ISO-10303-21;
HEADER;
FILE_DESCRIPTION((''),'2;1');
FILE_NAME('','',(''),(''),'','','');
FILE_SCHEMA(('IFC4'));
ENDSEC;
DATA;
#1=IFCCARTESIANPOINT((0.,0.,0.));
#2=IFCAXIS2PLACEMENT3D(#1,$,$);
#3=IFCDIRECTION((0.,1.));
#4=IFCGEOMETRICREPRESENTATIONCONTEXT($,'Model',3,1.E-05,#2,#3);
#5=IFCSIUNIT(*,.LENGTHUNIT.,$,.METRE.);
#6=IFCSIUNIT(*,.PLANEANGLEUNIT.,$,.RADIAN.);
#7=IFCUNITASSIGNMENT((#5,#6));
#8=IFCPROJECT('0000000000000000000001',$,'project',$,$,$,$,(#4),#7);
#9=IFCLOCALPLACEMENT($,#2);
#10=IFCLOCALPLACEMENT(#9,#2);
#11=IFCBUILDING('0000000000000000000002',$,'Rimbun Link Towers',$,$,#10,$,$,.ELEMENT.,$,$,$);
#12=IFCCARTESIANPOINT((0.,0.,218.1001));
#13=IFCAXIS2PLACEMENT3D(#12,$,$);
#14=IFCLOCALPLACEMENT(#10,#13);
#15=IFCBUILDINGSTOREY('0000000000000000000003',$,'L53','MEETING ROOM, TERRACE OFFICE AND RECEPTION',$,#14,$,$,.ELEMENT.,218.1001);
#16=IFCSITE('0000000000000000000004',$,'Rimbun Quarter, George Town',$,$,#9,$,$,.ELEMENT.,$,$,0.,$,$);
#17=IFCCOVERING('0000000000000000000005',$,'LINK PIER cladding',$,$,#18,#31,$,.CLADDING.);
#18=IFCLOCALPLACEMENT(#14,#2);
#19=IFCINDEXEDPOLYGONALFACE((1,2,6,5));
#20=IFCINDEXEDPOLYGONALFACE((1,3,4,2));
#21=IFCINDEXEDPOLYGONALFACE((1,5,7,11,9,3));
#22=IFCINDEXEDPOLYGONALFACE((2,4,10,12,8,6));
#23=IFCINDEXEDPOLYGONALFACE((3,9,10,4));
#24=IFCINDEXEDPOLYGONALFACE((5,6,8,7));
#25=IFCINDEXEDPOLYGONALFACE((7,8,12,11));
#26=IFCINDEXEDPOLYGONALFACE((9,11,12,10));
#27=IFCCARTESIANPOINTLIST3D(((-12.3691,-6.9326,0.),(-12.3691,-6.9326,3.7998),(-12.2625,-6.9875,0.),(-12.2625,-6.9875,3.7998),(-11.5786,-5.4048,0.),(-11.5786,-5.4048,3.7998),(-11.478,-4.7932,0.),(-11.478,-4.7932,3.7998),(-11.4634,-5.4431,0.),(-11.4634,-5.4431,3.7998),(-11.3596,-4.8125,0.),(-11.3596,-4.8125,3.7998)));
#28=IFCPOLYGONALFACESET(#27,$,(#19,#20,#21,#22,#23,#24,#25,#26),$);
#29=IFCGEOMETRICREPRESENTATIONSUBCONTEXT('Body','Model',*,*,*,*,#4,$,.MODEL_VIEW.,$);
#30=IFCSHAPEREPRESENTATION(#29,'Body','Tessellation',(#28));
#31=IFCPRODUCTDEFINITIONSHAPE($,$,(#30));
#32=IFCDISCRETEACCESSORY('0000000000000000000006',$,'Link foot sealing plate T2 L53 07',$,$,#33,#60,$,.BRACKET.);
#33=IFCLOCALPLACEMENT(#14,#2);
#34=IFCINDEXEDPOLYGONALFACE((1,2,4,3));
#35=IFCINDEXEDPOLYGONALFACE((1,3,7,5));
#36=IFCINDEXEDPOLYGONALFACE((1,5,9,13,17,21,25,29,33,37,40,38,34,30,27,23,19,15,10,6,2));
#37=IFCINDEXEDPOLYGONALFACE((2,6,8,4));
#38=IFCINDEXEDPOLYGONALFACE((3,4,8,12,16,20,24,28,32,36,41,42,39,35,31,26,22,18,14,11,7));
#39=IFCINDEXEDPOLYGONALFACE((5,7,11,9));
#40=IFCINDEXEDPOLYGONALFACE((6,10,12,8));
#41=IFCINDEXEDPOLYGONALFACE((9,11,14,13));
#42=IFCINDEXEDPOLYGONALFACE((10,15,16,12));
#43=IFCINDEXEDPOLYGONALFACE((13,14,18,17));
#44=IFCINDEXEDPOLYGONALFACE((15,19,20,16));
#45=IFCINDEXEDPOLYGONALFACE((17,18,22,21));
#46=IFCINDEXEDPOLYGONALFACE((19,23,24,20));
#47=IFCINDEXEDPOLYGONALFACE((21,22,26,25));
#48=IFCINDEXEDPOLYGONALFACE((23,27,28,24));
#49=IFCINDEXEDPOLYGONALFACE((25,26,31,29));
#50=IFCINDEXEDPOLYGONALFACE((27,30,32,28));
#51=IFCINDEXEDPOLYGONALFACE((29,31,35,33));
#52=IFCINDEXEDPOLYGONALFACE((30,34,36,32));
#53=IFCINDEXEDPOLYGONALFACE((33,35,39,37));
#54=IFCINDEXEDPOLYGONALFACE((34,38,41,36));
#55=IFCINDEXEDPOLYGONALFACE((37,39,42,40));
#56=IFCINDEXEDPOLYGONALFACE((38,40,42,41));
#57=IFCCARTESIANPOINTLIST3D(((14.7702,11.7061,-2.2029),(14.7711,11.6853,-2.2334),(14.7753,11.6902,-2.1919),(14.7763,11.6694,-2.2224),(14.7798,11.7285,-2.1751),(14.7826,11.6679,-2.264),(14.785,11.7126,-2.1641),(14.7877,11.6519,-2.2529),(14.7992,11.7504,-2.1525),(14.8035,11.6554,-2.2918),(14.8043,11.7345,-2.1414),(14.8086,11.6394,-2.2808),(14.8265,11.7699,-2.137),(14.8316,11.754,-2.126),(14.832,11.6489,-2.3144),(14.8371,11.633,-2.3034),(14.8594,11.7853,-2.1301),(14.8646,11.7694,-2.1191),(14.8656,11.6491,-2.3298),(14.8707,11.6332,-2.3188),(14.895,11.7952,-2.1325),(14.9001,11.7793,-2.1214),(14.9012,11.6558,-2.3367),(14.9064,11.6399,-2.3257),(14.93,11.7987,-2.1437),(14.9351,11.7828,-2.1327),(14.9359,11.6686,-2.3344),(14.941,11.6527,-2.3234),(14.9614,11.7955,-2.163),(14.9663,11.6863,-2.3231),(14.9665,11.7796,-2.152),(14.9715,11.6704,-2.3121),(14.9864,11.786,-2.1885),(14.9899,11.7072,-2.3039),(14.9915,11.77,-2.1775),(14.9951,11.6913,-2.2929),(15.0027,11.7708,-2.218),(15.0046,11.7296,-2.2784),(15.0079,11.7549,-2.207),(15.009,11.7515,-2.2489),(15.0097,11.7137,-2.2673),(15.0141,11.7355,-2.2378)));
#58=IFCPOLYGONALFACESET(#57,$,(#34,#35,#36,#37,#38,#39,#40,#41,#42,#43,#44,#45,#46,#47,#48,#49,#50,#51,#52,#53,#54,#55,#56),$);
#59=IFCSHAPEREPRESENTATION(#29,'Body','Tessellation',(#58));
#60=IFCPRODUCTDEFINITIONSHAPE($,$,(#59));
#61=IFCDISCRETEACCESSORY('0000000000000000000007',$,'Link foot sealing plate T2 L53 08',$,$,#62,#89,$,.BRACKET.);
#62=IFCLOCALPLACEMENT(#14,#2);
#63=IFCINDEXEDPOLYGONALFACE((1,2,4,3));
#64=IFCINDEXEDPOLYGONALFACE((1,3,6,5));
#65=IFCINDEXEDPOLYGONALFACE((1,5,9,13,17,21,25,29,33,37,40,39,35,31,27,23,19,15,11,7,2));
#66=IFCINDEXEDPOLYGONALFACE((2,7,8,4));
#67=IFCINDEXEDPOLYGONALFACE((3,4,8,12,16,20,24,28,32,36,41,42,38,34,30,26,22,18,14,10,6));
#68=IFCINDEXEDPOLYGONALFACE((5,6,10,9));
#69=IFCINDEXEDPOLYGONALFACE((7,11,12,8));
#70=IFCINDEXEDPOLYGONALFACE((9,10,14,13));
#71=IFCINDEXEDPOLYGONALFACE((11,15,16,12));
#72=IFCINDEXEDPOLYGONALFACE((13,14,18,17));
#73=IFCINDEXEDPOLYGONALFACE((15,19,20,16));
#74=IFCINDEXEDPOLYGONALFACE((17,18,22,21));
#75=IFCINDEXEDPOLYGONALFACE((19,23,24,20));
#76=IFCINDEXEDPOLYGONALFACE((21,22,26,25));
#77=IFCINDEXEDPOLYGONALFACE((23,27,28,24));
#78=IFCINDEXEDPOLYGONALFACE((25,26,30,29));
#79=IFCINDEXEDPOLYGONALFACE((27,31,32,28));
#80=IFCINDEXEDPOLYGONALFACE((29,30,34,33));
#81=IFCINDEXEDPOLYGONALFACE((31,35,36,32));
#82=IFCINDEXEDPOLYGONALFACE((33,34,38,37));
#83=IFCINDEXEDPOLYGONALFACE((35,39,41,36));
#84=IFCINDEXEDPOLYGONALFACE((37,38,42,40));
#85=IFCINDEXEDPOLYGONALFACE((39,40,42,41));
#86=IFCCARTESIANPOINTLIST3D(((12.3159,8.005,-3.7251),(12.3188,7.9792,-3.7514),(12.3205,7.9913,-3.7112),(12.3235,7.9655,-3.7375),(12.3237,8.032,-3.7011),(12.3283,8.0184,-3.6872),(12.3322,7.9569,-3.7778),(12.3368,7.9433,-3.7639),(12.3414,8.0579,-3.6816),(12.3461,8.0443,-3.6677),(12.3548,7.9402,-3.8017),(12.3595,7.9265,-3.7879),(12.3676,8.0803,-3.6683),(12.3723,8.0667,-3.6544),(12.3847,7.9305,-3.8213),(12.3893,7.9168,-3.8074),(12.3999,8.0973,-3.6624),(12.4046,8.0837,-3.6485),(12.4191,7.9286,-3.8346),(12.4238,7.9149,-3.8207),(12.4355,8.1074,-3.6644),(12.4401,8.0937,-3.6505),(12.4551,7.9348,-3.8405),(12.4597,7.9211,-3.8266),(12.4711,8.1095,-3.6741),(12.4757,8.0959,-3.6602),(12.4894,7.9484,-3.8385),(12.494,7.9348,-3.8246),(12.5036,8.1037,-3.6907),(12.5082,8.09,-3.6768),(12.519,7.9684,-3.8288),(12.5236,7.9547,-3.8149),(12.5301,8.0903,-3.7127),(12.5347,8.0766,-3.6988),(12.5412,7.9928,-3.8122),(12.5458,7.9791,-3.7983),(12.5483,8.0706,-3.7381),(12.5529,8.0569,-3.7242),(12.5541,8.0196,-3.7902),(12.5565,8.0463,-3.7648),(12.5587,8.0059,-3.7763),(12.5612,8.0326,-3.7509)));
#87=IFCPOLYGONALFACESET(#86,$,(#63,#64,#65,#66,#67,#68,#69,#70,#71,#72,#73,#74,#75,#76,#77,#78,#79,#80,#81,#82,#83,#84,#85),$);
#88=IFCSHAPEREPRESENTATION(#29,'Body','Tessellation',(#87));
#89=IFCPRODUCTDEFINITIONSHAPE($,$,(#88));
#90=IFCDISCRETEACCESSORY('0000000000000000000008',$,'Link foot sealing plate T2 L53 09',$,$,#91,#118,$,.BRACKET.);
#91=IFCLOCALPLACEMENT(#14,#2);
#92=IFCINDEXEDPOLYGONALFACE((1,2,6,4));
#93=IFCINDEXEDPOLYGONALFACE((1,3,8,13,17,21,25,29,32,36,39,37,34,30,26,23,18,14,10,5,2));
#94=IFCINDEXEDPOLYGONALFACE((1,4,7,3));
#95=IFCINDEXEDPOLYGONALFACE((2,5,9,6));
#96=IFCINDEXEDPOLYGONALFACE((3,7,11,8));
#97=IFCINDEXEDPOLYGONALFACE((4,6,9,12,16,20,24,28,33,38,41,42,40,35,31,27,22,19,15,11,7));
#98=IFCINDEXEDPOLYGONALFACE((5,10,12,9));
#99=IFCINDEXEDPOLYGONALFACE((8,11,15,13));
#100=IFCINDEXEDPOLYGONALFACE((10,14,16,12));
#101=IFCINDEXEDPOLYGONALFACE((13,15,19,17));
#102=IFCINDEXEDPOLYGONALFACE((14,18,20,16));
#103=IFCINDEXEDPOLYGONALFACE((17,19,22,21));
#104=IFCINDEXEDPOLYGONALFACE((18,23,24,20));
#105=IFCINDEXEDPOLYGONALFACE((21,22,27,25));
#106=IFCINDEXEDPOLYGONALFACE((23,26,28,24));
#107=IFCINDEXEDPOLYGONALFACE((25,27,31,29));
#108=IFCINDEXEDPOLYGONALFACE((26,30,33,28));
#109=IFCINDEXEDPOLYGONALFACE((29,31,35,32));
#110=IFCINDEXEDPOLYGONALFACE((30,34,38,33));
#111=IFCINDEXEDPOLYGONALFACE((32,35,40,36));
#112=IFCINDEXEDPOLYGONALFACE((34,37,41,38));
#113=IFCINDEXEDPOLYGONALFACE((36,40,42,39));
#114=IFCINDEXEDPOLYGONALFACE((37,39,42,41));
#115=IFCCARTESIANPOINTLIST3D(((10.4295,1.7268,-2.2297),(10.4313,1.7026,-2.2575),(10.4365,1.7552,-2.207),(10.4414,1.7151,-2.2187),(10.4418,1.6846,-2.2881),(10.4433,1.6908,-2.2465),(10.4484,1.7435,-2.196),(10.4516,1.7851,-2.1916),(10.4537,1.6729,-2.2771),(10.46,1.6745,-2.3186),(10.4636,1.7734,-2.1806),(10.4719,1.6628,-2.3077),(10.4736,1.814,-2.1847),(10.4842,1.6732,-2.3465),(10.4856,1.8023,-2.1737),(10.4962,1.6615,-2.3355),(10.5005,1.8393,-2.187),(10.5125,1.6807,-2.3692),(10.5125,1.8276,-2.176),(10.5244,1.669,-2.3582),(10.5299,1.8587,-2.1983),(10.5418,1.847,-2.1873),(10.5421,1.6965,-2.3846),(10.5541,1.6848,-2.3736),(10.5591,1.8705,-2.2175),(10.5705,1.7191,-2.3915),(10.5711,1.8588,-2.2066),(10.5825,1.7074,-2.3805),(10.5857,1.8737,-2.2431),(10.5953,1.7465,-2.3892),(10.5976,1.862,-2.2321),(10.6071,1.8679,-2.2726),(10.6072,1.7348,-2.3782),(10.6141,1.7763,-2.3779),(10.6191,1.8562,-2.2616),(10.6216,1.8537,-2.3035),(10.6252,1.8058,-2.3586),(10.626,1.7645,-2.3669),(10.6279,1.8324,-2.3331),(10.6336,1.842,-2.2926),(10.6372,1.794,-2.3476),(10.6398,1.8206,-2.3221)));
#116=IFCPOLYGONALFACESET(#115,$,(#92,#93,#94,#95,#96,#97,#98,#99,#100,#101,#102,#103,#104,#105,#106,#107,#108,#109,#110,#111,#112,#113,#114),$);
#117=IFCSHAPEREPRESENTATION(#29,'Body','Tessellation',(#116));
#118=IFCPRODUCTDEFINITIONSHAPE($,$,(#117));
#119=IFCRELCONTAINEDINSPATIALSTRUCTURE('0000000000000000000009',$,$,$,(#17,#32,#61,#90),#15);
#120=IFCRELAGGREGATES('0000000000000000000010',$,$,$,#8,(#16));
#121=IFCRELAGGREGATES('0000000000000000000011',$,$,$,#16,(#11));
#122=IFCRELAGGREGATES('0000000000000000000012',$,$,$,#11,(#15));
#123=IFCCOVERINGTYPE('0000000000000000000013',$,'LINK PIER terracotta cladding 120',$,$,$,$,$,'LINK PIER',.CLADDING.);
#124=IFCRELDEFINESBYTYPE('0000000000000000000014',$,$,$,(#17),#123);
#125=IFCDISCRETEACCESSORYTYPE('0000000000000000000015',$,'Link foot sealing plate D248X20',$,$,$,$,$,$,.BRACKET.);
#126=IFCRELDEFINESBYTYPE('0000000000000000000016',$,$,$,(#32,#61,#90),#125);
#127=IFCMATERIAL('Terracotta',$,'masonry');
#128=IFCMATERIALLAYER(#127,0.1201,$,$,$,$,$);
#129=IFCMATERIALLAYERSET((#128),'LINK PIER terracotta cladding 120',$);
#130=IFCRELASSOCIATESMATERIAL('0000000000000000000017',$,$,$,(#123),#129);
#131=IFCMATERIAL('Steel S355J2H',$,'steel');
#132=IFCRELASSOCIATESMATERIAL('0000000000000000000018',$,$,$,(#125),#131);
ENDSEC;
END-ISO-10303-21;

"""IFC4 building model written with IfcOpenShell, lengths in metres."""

from ifc_helpers import new_model, si_unit, direction, frame, origin, origin_2d, place, context, subcontext, project, spatial, polyline, circle, outline, extrude, material, layer, layer_set, material_profile, profile_set, type_object, element, save


model = new_model("IFC4")

# Units and contexts
model_context = context("Model", 3, precision=1e-05, world=origin(), true_north=direction((0.0, 1.0)))
body_context = subcontext(model_context, "Body", "Model", "MODEL_VIEW")
ifc_project = project(units=[si_unit("LENGTHUNIT", "METRE"), si_unit("PLANEANGLEUNIT", "RADIAN")], contexts=[model_context])

# Site, building, storey
site_placement = place(None, origin())
site = spatial("IfcSite", under=ifc_project, at=site_placement, Name="Rimbun Quarter, George Town", CompositionType="ELEMENT", RefElevation=0.0)
building_placement = place(site_placement, origin())
building = spatial("IfcBuilding", under=site, at=building_placement, Name="Rimbun Link Towers", CompositionType="ELEMENT")
storey_placement = place(building_placement, frame((0.0, 0.0, 218.1001)))
storey = spatial("IfcBuildingStorey", under=building, at=storey_placement, Name="L53", Description="MEETING ROOM, TERRACE OFFICE AND RECEPTION", CompositionType="ELEMENT", Elevation=218.1001)

# Covering
ifc_material_1 = material(Name="Terracotta", Category="masonry")
ifc_layer_1 = layer(ifc_material_1, 0.1201)
ifc_layer_set_1 = layer_set([ifc_layer_1], Name="LINK PIER terracotta cladding 120")
covering_type_1 = type_object("IfcCoveringType", Name="LINK PIER terracotta cladding 120", ElementType="LINK PIER", PredefinedType="CLADDING", material=ifc_layer_set_1)
covering_1_placement = place(storey_placement, origin())
element("IfcCovering", 1, at=covering_1_placement, inside=storey, type_object=covering_type_1, Name="LINK PIER cladding", PredefinedType="CLADDING", context=body_context, shape_type="SweptSolid", body=[
    extrude(outline(polyline([(-11.478, -4.7932), (-11.5786, -5.4048), (-12.3691, -6.9326), (-12.2625, -6.9875), (-11.4634, -5.4431), (-11.3596, -4.8125), (-11.478, -4.7932)])), origin(), (0.0, 0.0, 1.0), 3.7998),
])

# Discrete accessories
ifc_material_2 = material(Name="Steel S355J2H", Category="steel")
ifc_material_profile_1 = material_profile(ifc_material_2, circle(Radius=0.124, at=origin_2d()), Name="PL D248")
ifc_profile_set_1 = profile_set([ifc_material_profile_1], Name="Steel S355J2H")
discrete_accessory_type = type_object("IfcDiscreteAccessoryType", Name="Link foot sealing plate D248X20", PredefinedType="BRACKET", material=ifc_profile_set_1)
for number, where, z_axis, x_axis, name in (
    (2, (14.8943, 11.7075, -2.2224), (-0.256728, 0.794635, -0.550132), (-0.951571, -0.30743, 0.0), "Link foot sealing plate T2 L53 07"),
    (3, (12.4409, 8.0054, -3.7375), (-0.231329, 0.681812, -0.693988), (-0.946979, -0.321296, 0.0), "Link foot sealing plate T2 L53 08"),
    (4, (10.5405, 1.7615, -2.2771), (-0.597295, 0.585105, -0.548536), (-0.69978, -0.714359, 0.0), "Link foot sealing plate T2 L53 09"),
):
    element("IfcDiscreteAccessory", number, at=place(storey_placement, frame(where, z_axis=z_axis, x_axis=x_axis)), inside=storey, type_object=discrete_accessory_type, Name=name, PredefinedType="BRACKET", context=body_context, shape_type="SweptSolid", body=[
        extrude(circle(Radius=0.124, at=origin_2d()), origin(), (0.0, 0.0, 1.0), 0.02),
    ])

save(model, "model.ifc")
